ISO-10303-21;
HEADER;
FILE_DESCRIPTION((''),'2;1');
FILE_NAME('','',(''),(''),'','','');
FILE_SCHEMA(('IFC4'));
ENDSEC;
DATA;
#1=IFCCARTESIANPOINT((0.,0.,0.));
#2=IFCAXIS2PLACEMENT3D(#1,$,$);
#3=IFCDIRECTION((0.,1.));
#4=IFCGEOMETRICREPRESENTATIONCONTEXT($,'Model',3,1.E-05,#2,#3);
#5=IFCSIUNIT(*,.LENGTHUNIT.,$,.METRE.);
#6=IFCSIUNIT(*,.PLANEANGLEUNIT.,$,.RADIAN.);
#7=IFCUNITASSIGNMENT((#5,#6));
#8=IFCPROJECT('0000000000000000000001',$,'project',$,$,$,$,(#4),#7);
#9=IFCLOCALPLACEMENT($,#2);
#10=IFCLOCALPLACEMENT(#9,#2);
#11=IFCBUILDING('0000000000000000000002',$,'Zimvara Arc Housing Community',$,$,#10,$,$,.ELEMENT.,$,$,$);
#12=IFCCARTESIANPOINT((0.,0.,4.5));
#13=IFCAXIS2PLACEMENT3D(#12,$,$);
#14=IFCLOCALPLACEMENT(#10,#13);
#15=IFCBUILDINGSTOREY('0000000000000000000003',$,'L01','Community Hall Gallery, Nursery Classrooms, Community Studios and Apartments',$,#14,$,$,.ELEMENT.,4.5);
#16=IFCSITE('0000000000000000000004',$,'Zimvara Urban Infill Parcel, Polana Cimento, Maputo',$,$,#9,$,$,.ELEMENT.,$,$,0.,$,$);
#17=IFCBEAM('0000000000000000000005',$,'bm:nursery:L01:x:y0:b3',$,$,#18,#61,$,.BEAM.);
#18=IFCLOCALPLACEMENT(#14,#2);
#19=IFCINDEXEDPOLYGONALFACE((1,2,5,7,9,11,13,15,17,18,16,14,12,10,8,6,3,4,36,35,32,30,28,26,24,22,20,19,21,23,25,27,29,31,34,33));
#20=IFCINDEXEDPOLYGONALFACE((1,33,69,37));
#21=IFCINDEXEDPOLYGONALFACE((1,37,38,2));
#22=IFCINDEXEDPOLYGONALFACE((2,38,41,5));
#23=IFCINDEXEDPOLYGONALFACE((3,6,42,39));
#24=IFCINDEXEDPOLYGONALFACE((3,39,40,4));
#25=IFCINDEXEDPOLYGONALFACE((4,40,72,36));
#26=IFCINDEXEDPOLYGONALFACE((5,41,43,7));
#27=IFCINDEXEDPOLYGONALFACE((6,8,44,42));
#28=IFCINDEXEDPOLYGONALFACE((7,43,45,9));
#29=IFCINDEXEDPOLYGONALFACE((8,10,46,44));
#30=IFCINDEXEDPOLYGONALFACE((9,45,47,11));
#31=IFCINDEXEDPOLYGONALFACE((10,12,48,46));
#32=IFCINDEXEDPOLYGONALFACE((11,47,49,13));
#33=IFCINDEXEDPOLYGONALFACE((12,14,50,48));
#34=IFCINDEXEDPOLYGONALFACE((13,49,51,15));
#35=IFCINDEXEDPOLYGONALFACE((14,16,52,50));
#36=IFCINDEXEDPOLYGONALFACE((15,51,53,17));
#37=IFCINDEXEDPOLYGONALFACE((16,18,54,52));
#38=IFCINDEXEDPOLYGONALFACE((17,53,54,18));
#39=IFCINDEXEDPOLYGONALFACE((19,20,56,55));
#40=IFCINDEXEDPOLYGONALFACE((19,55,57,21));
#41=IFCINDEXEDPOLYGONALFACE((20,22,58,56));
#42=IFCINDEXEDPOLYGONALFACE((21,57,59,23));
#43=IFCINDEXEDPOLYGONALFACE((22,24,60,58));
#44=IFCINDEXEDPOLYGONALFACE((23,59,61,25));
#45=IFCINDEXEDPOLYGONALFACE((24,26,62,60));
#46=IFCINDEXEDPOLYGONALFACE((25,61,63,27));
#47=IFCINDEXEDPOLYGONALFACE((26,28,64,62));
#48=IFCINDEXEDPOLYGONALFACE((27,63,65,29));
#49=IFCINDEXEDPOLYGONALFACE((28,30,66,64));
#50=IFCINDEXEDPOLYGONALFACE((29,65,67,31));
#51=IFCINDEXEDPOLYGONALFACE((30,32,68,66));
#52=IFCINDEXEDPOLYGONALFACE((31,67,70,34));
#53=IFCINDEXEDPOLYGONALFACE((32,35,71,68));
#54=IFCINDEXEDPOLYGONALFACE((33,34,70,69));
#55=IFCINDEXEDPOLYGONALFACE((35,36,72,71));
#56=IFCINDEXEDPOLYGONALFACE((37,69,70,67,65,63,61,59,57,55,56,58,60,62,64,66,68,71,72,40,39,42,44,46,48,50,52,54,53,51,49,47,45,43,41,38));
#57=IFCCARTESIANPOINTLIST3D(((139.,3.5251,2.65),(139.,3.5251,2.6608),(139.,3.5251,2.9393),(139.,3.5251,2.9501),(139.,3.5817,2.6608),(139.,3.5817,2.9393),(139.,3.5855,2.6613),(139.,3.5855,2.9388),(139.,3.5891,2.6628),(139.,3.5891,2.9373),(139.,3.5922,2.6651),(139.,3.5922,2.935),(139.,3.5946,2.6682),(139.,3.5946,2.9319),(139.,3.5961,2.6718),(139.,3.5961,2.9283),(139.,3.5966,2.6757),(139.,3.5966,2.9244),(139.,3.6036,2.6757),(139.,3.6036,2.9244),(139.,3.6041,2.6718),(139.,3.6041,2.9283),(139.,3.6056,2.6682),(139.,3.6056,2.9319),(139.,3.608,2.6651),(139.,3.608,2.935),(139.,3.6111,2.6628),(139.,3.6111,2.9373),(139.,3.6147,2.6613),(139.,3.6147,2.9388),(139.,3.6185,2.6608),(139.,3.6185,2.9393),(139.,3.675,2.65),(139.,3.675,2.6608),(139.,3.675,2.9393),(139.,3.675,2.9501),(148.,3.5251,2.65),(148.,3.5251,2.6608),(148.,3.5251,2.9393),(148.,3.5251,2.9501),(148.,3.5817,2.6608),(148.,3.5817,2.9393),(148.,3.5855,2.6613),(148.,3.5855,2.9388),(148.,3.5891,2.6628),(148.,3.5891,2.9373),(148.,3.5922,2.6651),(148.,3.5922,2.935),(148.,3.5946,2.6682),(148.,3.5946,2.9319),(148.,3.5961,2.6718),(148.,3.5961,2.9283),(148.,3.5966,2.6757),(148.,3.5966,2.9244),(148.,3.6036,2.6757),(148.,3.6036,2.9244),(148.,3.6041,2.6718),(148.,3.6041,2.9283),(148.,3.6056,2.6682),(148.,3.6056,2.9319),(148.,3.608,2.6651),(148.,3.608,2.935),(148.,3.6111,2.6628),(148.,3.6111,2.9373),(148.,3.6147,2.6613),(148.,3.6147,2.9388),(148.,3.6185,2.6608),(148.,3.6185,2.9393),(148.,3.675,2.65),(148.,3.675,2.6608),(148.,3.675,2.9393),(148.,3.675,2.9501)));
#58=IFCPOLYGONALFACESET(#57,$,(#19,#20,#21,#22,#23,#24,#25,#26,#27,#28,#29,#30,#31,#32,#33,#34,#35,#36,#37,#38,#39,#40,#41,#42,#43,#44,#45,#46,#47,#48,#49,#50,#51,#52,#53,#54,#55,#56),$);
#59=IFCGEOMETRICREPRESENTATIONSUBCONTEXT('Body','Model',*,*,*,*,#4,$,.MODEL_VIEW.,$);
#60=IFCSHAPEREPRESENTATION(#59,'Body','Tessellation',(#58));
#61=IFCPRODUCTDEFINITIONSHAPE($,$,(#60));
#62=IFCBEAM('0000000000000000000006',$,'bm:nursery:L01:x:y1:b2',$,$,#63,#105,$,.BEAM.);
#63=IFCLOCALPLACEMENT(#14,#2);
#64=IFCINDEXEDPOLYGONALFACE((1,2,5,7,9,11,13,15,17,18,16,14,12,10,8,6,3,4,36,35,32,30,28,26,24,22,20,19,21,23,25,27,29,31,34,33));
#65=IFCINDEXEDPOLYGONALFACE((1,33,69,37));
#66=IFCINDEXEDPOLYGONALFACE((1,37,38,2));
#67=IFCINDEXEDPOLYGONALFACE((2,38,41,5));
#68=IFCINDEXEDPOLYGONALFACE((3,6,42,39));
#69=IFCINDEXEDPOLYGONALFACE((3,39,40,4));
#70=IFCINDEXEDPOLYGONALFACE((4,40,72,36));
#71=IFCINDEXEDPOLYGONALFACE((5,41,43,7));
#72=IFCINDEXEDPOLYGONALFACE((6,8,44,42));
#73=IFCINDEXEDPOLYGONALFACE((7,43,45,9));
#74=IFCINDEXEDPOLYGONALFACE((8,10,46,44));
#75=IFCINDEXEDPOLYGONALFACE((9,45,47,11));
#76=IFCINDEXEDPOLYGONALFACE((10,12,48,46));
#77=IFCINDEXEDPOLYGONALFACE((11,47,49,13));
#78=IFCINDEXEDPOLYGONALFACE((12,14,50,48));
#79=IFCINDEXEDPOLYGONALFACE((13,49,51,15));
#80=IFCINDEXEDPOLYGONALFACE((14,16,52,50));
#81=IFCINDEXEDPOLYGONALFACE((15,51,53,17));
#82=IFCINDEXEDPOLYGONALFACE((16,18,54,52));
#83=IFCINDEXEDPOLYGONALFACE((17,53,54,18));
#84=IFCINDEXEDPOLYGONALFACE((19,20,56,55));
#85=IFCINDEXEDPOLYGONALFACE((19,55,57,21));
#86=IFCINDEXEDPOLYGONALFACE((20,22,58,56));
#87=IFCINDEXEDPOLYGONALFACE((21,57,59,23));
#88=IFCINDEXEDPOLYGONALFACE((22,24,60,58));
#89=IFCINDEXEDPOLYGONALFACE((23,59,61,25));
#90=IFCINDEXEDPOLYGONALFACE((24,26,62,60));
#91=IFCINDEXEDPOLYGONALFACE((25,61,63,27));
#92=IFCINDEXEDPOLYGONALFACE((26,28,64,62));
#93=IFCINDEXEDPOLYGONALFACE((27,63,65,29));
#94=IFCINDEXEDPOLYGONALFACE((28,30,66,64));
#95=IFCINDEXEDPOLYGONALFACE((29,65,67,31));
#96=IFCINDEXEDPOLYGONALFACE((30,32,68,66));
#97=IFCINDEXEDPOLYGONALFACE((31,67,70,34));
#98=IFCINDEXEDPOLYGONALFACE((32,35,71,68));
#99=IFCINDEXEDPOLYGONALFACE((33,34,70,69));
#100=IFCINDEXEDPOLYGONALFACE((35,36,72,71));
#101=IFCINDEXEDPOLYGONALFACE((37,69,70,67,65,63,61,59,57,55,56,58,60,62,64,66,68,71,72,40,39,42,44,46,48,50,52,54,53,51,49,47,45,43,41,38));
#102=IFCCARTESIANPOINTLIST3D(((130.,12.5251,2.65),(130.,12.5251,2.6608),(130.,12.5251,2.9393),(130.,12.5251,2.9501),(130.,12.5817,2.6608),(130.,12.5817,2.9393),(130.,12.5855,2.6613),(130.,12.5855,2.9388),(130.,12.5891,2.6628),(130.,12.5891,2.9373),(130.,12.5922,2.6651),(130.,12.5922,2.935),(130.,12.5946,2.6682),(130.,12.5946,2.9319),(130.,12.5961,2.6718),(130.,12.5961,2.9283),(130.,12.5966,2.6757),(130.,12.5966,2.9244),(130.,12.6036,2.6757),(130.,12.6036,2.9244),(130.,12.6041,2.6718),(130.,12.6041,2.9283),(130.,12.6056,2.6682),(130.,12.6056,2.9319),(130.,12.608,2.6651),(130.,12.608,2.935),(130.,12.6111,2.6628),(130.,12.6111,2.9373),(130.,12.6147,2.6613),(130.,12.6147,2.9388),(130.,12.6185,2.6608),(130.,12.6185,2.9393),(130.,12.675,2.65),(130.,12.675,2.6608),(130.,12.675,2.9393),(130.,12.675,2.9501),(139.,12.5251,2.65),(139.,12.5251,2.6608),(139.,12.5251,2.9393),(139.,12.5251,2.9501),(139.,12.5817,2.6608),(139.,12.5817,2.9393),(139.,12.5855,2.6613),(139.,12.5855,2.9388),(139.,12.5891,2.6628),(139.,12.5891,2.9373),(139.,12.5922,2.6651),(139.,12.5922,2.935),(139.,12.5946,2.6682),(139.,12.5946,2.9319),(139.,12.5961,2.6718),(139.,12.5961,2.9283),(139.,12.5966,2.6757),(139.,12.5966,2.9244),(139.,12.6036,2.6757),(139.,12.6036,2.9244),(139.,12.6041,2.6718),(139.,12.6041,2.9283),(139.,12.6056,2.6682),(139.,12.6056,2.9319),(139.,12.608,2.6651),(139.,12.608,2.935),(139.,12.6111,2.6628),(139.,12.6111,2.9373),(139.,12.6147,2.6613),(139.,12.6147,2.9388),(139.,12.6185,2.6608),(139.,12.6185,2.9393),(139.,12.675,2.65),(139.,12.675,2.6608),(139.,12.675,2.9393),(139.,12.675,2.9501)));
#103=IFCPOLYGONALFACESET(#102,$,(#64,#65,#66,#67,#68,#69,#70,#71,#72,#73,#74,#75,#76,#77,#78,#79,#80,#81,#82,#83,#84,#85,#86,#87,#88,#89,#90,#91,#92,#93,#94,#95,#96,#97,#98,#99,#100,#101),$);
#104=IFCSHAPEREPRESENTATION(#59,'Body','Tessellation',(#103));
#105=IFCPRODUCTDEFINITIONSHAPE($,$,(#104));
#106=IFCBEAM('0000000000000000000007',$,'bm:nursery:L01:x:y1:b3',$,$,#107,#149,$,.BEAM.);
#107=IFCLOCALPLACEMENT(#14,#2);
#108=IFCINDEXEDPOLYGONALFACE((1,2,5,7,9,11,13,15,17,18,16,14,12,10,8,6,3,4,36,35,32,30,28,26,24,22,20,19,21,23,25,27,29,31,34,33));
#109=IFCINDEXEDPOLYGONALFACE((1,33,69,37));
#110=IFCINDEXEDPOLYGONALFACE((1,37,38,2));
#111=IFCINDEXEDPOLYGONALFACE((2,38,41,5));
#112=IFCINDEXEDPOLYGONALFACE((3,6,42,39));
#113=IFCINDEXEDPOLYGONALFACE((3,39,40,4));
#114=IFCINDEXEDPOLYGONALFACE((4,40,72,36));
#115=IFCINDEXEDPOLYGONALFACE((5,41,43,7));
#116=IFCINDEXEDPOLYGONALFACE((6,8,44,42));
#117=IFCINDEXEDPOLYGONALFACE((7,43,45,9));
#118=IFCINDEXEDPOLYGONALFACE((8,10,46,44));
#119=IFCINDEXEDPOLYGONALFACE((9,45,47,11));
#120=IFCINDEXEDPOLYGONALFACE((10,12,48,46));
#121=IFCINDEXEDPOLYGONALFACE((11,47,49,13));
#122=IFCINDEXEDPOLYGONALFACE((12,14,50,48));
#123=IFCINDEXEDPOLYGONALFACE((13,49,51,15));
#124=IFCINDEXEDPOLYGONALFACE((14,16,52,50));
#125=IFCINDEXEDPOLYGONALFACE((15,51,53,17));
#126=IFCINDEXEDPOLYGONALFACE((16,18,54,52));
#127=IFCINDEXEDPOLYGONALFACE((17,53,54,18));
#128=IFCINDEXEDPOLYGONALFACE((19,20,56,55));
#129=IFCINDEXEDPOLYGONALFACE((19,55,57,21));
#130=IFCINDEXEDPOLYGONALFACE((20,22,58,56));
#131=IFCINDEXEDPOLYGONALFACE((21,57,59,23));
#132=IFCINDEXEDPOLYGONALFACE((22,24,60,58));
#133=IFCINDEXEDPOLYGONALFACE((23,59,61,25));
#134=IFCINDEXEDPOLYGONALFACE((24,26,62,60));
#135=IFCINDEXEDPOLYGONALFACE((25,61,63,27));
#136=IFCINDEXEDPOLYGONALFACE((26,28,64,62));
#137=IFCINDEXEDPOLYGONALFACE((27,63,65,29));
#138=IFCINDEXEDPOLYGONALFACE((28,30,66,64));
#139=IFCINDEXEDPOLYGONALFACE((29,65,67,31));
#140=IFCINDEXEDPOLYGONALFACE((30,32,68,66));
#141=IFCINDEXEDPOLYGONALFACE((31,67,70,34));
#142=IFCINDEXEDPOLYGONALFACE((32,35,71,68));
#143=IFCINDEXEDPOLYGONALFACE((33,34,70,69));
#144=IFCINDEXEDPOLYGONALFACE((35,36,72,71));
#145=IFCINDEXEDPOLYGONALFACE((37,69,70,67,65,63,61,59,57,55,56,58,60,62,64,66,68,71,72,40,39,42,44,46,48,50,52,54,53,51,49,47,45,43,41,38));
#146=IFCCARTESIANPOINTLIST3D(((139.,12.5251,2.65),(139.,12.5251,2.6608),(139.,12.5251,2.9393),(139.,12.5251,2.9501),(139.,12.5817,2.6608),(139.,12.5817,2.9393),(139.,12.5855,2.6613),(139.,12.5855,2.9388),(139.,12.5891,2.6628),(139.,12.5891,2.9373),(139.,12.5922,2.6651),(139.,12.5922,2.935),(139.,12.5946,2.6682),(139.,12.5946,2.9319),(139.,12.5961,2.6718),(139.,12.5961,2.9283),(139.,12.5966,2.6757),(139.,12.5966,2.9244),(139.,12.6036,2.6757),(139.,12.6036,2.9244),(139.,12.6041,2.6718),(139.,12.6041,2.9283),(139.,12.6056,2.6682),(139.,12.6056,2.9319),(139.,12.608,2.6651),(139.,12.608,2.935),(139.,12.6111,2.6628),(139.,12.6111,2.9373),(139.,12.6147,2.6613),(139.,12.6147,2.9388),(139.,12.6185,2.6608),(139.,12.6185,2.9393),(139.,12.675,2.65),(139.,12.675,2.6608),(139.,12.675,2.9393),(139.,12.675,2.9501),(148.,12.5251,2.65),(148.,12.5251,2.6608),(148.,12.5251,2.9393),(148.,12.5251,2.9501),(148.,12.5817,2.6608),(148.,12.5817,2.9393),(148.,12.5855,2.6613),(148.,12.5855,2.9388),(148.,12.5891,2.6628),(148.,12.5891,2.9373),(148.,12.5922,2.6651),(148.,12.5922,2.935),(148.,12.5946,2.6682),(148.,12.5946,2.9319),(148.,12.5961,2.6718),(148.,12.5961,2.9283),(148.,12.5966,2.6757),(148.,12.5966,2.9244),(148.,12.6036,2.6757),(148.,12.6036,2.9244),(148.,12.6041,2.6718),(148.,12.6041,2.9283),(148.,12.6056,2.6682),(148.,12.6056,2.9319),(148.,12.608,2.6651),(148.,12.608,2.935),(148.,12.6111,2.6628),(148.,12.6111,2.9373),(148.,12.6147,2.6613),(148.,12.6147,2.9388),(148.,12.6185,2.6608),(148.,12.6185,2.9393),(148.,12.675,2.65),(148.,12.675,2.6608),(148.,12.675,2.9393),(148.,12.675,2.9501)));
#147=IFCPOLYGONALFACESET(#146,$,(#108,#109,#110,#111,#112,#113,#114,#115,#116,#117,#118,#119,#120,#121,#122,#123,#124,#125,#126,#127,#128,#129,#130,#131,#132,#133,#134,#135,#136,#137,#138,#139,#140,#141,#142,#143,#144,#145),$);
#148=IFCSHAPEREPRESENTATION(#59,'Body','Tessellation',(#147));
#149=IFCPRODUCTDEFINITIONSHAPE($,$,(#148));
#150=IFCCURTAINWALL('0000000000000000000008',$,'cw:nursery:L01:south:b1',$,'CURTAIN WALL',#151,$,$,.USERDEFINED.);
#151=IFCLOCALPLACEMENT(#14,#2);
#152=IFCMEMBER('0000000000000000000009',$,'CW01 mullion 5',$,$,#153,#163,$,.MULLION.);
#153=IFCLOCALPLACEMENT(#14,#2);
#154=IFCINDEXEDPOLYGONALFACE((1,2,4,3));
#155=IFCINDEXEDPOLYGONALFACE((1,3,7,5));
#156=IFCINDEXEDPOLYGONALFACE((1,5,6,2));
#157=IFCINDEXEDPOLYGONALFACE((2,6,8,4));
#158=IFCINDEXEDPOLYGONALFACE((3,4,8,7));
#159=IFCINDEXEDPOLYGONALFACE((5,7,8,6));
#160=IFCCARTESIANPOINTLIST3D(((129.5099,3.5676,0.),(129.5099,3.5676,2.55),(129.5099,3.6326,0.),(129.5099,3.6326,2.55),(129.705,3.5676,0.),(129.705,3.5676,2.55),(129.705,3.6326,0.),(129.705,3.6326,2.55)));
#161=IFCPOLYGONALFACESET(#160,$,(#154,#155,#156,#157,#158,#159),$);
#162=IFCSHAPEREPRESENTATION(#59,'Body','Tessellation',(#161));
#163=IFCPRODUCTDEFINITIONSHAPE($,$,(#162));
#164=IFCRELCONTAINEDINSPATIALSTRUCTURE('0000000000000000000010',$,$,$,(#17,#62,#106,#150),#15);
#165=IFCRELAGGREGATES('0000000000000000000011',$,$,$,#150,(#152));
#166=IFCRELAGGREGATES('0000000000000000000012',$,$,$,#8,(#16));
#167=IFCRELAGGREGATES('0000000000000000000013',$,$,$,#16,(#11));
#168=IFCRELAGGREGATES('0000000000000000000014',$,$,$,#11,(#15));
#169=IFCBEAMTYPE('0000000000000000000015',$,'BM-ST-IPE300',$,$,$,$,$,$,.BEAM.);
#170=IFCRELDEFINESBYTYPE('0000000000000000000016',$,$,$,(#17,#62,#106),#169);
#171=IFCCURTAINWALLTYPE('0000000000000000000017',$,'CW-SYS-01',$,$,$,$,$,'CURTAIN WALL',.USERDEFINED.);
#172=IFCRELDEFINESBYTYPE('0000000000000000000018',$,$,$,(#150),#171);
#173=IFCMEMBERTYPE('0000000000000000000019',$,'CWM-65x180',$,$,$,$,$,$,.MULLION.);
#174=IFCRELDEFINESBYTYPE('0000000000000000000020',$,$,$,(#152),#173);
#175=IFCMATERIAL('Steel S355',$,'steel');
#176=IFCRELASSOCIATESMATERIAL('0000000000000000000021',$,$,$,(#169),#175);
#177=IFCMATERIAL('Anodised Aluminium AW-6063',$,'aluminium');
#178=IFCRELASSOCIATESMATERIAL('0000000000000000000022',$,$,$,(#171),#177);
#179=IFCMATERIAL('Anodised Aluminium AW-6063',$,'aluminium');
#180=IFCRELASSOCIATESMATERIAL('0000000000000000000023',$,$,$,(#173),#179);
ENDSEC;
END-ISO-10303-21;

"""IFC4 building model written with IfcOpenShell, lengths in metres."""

from ifc_helpers import new_model, si_unit, direction, frame, origin, origin_2d, place, context, subcontext, project, spatial, rectangle, i_section, extrude, material, material_profile, profile_set, type_object, element, aggregate, save


model = new_model("IFC4")

# Units and contexts
model_context = context("Model", 3, precision=1e-05, world=origin(), true_north=direction((0.0, 1.0)))
body_context = subcontext(model_context, "Body", "Model", "MODEL_VIEW")
ifc_project = project(units=[si_unit("LENGTHUNIT", "METRE"), si_unit("PLANEANGLEUNIT", "RADIAN")], contexts=[model_context])

# Site, building, storey
site_placement = place(None, origin())
site = spatial("IfcSite", under=ifc_project, at=site_placement, Name="Zimvara Urban Infill Parcel, Polana Cimento, Maputo", CompositionType="ELEMENT", RefElevation=0.0)
building_placement = place(site_placement, origin())
building = spatial("IfcBuilding", under=site, at=building_placement, Name="Zimvara Arc Housing Community", CompositionType="ELEMENT")
storey_placement = place(building_placement, frame((0.0, 0.0, 4.5)))
storey = spatial("IfcBuildingStorey", under=building, at=storey_placement, Name="L01", Description="Community Hall Gallery, Nursery Classrooms, Community Studios and Apartments", CompositionType="ELEMENT", Elevation=4.5)

# Beams
ifc_material_1 = material(Name="Steel S355", Category="steel")
ifc_material_profile_1 = material_profile(ifc_material_1, i_section(OverallWidth=0.1499, OverallDepth=0.3, WebThickness=0.0071, FlangeThickness=0.0107, FilletRadius=0.0149, at=origin_2d()), Name="IPE 300")
ifc_profile_set_1 = profile_set([ifc_material_profile_1], Name="Steel S355")
beam_type_1 = type_object("IfcBeamType", Name="BM-ST-IPE300", PredefinedType="BEAM", material=ifc_profile_set_1)
for number, where, z_axis, x_axis, name in (
    (1, (139.0, 3.6001, 2.8), (1.0, 0.0, 0.0), (0.0, 1.0, 0.0), "bm:nursery:L01:x:y0:b3"),
    (2, (130.0, 12.6001, 2.8), (1.0, 0.0, 0.0), (0.0, 1.0, 0.0), "bm:nursery:L01:x:y1:b2"),
    (3, (139.0, 12.6001, 2.8), (1.0, 0.0, 0.0), (0.0, 1.0, 0.0), "bm:nursery:L01:x:y1:b3"),
):
    element("IfcBeam", number, at=place(storey_placement, frame(where, z_axis=z_axis, x_axis=x_axis)), inside=storey, type_object=beam_type_1, Name=name, PredefinedType="BEAM", context=body_context, shape_type="SweptSolid", body=[
        extrude(i_section(OverallWidth=0.1499, OverallDepth=0.3, WebThickness=0.0071, FlangeThickness=0.0107, FilletRadius=0.0149, at=origin_2d()), origin(), (0.0, 0.0, 1.0), 9.0),
    ])

# Curtain wall, member
ifc_material_2 = material(Name="Anodised Aluminium AW-6063", Category="aluminium")
curtain_wall_type = type_object("IfcCurtainWallType", Name="CW-SYS-01", ElementType="CURTAIN WALL", PredefinedType="USERDEFINED", material=ifc_material_2)
curtain_wall_placement = place(storey_placement, origin())
curtain_wall = element("IfcCurtainWall", 4, at=curtain_wall_placement, inside=storey, type_object=curtain_wall_type, Name="cw:nursery:L01:south:b1", ObjectType="CURTAIN WALL", PredefinedType="USERDEFINED")
ifc_material_3 = material(Name="Anodised Aluminium AW-6063", Category="aluminium")
ifc_material_profile_2 = material_profile(ifc_material_3, rectangle(XDim=0.0649, YDim=0.1951, at=origin_2d()), Name="ALU 65x195")
ifc_profile_set_2 = profile_set([ifc_material_profile_2], Name="Anodised Aluminium AW-6063")
member_type_1 = type_object("IfcMemberType", Name="CWM-65x180", PredefinedType="MULLION", material=ifc_profile_set_2)
member_1_placement = place(storey_placement, frame((129.6074, 3.6001, 0.0), z_axis=(0.0, 0.0, 1.0), x_axis=(0.0, 1.0, 0.0)))
member_1 = element("IfcMember", 5, at=member_1_placement, type_object=member_type_1, Name="CW01 mullion 5", PredefinedType="MULLION", context=body_context, shape_type="SweptSolid", body=[
    extrude(rectangle(XDim=0.0649, YDim=0.1951, at=origin_2d()), origin(), (0.0, 0.0, 1.0), 2.55),
])
aggregate(curtain_wall, [member_1])

save(model, "model.ifc")
